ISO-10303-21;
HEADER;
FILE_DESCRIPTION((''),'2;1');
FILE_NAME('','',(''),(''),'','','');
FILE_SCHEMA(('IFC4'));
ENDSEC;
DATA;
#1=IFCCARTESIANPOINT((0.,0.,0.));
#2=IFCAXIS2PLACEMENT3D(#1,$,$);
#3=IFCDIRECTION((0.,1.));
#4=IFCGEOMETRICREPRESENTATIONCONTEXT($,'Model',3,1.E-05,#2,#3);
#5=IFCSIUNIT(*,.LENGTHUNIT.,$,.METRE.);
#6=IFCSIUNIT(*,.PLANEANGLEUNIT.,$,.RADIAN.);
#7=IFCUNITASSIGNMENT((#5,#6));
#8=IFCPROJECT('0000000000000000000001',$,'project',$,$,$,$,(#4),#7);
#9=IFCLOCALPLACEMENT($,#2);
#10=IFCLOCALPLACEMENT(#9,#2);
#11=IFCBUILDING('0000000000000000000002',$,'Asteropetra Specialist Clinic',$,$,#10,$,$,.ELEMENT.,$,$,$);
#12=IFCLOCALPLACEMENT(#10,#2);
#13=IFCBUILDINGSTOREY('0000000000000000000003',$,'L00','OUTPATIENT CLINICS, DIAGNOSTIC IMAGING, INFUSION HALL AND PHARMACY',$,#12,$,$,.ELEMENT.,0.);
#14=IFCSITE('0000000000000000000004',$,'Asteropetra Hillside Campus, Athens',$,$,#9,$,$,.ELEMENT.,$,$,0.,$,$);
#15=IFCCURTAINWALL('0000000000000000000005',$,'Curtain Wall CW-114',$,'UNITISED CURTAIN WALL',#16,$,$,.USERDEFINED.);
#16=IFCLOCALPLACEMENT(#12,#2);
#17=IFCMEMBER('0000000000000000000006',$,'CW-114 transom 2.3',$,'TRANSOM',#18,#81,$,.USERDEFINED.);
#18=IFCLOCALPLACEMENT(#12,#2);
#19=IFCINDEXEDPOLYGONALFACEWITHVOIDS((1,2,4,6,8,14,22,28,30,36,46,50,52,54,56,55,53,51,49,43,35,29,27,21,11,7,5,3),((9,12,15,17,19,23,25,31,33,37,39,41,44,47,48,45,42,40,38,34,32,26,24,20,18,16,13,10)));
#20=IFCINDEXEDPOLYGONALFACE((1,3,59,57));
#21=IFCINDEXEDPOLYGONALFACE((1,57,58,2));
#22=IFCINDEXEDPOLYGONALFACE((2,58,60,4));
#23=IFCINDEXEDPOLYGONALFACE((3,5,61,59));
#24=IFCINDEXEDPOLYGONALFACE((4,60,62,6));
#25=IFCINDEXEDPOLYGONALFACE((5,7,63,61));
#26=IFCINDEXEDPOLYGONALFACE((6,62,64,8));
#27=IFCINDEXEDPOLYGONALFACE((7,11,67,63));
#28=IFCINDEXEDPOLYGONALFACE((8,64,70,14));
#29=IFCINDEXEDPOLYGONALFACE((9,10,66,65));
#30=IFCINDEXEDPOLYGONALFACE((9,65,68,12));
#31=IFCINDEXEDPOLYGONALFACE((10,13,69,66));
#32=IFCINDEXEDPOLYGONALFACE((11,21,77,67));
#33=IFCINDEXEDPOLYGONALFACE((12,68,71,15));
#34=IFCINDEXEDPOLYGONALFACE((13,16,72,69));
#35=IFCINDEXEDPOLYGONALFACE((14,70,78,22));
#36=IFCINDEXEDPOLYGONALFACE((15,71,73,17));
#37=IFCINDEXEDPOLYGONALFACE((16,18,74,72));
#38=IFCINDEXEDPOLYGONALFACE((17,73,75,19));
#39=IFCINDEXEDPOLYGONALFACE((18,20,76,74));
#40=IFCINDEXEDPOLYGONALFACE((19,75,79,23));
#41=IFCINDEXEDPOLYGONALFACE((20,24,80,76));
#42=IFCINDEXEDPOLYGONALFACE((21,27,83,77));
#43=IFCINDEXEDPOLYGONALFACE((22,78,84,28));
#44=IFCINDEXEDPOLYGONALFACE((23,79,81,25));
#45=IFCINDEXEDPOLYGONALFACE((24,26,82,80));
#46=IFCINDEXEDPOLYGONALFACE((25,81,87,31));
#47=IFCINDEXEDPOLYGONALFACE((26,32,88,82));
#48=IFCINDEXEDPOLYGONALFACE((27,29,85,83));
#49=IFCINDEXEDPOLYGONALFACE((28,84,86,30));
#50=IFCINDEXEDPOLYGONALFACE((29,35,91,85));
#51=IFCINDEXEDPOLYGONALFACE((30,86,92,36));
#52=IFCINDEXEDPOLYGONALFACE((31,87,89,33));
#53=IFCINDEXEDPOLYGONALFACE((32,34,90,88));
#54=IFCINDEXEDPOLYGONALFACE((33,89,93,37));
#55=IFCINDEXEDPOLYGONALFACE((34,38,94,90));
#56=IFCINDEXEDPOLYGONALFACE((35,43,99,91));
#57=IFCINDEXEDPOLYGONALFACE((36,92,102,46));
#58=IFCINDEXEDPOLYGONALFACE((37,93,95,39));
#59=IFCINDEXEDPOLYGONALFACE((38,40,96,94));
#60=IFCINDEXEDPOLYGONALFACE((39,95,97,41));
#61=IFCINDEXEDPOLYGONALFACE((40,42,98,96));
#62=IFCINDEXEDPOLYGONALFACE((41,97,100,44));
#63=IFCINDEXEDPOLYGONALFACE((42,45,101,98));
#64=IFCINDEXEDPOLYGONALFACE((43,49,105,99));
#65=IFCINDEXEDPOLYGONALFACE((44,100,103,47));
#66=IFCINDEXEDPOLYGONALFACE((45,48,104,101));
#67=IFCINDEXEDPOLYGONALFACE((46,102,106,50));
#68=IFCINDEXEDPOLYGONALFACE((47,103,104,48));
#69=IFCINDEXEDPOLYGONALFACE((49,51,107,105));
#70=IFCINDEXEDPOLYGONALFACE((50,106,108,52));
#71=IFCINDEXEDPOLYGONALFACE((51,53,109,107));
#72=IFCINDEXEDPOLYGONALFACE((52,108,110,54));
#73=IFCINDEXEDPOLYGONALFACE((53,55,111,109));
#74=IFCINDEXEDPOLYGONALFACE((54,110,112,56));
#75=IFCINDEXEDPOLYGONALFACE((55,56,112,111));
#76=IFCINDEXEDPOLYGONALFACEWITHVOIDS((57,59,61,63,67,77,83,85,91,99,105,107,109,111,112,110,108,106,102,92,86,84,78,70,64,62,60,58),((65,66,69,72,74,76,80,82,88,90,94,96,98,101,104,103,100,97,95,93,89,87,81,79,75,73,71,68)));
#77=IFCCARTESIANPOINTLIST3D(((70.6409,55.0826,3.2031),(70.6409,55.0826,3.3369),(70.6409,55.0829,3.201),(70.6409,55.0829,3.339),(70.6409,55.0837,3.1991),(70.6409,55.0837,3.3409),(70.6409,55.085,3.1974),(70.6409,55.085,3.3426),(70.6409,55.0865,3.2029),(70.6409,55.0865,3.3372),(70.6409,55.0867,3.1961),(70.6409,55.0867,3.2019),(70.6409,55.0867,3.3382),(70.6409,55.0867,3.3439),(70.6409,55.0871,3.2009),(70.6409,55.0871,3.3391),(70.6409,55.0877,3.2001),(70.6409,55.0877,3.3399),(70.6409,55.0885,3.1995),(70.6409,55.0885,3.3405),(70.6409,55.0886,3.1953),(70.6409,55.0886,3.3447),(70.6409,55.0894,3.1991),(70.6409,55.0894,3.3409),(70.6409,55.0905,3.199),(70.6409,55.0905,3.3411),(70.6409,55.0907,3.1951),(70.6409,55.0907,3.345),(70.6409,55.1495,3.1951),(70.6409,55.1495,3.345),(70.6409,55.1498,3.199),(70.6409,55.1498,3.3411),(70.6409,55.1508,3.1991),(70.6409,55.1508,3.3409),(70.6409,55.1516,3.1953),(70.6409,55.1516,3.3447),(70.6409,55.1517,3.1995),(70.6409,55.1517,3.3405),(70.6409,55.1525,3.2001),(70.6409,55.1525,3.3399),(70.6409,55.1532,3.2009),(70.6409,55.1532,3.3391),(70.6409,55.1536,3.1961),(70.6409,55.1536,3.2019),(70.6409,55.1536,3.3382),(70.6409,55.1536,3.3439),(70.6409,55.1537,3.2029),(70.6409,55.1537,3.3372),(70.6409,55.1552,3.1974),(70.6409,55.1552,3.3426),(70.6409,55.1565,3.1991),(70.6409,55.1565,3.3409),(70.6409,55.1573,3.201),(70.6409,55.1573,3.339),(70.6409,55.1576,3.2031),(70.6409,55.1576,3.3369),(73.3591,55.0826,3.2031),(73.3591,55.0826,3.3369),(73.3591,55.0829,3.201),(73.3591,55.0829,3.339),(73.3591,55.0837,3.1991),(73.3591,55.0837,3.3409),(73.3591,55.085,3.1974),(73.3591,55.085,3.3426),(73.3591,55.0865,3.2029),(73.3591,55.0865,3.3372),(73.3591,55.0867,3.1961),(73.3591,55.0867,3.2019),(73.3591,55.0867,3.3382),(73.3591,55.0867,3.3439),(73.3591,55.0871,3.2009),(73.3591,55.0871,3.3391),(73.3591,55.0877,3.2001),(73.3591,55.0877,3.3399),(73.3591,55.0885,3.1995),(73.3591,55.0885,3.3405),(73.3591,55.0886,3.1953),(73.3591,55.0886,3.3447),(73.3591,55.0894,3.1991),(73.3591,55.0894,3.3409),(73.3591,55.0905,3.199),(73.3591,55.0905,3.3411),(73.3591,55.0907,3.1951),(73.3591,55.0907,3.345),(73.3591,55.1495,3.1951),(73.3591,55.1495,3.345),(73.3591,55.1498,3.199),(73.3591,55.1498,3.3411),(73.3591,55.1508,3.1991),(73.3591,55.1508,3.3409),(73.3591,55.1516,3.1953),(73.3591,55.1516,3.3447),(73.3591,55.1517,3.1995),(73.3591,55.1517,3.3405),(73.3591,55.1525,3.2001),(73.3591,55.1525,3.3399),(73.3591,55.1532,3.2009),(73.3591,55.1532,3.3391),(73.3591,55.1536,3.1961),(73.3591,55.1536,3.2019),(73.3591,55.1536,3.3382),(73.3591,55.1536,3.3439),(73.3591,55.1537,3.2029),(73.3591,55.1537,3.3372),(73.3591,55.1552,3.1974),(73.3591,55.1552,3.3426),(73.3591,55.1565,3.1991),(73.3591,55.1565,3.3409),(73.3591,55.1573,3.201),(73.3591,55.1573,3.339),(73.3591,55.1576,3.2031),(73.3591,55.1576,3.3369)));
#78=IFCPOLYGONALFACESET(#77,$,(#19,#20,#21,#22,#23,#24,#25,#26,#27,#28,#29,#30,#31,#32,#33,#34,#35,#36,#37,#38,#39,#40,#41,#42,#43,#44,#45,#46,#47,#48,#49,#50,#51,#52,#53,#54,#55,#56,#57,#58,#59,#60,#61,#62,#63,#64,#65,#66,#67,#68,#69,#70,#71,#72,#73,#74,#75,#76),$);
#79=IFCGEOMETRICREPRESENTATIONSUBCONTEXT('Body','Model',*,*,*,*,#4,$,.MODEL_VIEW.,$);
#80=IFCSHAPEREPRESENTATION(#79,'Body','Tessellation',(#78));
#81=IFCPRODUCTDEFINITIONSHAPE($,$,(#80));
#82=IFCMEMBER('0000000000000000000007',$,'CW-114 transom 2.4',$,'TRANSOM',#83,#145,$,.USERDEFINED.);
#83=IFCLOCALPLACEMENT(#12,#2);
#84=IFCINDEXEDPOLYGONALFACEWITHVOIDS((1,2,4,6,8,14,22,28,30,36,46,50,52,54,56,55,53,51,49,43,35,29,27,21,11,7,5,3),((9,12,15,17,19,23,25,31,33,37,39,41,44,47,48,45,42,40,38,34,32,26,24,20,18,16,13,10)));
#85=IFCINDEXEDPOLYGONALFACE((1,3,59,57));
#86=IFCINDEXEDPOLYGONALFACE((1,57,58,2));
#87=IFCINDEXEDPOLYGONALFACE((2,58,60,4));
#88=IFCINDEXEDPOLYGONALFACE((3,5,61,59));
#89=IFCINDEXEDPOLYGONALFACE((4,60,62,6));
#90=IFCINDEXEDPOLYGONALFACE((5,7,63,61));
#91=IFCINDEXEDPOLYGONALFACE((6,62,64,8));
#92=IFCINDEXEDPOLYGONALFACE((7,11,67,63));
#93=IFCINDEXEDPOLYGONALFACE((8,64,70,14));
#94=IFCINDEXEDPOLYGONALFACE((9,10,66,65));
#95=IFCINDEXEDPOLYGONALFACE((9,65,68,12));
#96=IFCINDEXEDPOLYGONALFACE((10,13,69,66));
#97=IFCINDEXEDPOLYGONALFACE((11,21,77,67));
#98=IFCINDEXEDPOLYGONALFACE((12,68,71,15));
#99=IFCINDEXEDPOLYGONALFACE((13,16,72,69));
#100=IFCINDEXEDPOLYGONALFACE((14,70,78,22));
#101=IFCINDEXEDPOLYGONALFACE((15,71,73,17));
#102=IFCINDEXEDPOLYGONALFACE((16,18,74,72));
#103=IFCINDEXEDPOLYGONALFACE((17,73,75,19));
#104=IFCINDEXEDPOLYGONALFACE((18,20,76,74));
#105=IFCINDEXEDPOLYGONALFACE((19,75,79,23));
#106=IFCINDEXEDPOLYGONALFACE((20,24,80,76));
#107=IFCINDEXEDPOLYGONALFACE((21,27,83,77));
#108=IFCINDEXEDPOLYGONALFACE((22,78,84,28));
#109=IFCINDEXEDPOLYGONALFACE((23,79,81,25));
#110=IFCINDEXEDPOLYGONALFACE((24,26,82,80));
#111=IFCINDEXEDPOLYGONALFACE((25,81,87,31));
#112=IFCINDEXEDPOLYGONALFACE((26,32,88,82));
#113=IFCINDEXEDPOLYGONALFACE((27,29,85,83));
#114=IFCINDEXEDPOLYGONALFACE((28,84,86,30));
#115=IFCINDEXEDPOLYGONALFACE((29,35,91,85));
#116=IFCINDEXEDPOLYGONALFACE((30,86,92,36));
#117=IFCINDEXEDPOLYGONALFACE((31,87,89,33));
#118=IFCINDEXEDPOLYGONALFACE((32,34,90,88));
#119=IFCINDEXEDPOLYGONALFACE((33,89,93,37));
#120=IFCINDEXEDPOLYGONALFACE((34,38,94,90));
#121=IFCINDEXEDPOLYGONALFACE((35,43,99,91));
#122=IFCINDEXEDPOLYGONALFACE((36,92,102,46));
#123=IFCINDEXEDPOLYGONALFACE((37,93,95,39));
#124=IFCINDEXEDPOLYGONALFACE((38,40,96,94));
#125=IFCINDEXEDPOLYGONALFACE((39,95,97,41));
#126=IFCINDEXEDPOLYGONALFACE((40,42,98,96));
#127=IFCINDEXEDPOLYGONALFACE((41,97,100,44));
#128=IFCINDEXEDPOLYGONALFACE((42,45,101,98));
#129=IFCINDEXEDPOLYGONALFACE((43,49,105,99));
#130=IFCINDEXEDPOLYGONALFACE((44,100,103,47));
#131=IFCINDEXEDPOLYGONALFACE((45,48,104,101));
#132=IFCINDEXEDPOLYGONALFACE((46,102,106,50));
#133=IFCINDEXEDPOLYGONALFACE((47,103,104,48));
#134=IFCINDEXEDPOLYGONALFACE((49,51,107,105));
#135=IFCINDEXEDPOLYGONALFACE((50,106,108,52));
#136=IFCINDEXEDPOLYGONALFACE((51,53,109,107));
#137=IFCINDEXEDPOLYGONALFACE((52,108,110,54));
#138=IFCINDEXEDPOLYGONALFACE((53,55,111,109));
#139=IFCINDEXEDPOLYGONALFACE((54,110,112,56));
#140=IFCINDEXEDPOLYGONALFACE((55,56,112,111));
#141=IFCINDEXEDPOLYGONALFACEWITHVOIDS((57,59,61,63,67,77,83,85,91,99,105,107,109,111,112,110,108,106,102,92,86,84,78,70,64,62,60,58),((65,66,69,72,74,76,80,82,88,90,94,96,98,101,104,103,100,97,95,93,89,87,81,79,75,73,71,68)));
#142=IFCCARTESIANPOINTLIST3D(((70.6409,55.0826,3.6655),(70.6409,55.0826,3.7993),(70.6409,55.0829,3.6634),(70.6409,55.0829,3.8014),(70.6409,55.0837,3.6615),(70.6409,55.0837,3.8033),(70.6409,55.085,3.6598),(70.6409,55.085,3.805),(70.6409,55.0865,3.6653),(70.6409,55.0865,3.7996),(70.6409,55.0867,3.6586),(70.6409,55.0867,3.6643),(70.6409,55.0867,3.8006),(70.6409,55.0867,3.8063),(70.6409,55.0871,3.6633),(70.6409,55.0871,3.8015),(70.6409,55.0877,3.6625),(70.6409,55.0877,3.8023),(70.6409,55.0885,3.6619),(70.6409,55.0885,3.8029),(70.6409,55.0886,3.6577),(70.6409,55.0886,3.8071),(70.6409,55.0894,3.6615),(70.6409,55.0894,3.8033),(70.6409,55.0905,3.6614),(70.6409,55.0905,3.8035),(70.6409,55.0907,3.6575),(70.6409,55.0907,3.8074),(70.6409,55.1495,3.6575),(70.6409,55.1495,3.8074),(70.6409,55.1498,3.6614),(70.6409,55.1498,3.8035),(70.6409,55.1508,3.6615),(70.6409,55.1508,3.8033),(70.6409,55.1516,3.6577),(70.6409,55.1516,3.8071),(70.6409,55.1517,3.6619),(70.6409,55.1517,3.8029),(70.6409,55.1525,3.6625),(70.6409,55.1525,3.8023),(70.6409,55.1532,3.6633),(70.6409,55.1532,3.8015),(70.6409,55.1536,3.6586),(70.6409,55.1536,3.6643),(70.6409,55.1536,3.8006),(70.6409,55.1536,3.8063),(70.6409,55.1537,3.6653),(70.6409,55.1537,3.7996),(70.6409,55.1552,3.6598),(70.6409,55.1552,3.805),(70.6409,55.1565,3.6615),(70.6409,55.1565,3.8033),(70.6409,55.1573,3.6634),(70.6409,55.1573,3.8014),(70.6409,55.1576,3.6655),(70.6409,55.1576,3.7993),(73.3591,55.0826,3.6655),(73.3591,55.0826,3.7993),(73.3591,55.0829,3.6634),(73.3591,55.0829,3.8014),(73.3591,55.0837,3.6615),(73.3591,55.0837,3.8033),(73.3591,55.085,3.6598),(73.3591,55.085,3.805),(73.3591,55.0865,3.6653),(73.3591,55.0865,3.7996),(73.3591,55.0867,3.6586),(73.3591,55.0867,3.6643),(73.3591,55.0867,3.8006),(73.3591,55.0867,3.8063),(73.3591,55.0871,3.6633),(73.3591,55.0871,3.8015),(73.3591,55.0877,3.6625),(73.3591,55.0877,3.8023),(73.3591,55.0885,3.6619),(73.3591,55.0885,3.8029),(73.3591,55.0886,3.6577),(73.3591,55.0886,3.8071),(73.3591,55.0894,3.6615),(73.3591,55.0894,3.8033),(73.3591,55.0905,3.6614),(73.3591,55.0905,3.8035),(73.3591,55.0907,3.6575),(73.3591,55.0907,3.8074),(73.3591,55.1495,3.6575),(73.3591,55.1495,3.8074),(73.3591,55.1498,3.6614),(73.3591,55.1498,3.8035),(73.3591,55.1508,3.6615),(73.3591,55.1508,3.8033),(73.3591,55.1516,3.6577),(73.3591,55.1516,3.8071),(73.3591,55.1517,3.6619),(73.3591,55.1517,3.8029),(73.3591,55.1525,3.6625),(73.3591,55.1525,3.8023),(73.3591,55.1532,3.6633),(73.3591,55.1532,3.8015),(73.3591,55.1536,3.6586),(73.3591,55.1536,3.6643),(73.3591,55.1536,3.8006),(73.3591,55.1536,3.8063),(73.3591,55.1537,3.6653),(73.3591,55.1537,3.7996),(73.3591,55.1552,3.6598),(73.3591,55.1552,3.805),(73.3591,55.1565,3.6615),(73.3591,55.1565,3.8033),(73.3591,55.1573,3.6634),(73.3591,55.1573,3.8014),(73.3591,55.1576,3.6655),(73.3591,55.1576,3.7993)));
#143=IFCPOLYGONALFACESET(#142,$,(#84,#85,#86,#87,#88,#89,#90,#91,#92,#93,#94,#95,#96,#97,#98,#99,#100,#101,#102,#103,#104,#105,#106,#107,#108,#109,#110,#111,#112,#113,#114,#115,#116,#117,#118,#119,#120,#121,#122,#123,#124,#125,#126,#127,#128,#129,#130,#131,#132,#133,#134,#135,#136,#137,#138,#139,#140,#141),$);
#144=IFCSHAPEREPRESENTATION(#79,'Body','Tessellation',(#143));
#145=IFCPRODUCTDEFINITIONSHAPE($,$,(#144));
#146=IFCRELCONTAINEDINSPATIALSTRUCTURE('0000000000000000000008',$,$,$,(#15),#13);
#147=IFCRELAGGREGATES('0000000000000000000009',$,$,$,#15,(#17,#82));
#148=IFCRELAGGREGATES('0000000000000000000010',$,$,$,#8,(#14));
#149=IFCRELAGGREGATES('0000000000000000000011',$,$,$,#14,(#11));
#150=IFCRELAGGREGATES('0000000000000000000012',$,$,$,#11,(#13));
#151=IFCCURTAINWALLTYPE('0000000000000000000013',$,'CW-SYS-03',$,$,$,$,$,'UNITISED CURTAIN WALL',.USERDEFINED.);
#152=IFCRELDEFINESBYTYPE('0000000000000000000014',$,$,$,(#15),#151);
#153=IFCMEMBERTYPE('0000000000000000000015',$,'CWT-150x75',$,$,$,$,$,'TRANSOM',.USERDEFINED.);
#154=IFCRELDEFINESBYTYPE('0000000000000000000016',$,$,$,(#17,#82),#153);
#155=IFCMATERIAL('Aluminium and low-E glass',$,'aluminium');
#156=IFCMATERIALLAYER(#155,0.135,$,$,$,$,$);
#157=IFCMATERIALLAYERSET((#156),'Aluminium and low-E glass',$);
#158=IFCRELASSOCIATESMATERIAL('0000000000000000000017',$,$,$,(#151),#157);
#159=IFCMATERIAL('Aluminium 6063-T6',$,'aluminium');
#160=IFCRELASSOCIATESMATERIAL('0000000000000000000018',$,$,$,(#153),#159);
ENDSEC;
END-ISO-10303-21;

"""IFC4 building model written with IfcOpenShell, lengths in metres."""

from ifc_helpers import new_model, si_unit, direction, frame, origin, origin_2d, place, context, subcontext, project, spatial, hollow_rectangle, extrude, material, layer, layer_set, material_profile, profile_set, type_object, element, aggregate, save


model = new_model("IFC4")

# Units and contexts
model_context = context("Model", 3, precision=1e-05, world=origin(), true_north=direction((0.0, 1.0)))
body_context = subcontext(model_context, "Body", "Model", "MODEL_VIEW")
ifc_project = project(units=[si_unit("LENGTHUNIT", "METRE"), si_unit("PLANEANGLEUNIT", "RADIAN")], contexts=[model_context])

# Site, building, storey
site_placement = place(None, origin())
site = spatial("IfcSite", under=ifc_project, at=site_placement, Name="Asteropetra Hillside Campus, Athens", CompositionType="ELEMENT", RefElevation=0.0)
building_placement = place(site_placement, origin())
building = spatial("IfcBuilding", under=site, at=building_placement, Name="Asteropetra Specialist Clinic", CompositionType="ELEMENT")
storey_placement = place(building_placement, origin())
storey = spatial("IfcBuildingStorey", under=building, at=storey_placement, Name="L00", Description="OUTPATIENT CLINICS, DIAGNOSTIC IMAGING, INFUSION HALL AND PHARMACY", CompositionType="ELEMENT", Elevation=0.0)

# Curtain wall, members
ifc_material_1 = material(Name="Aluminium and low-E glass", Category="aluminium")
ifc_layer_1 = layer(ifc_material_1, 0.135)
ifc_layer_set_1 = layer_set([ifc_layer_1], Name="Aluminium and low-E glass")
curtain_wall_type = type_object("IfcCurtainWallType", Name="CW-SYS-03", ElementType="UNITISED CURTAIN WALL", PredefinedType="USERDEFINED", material=ifc_layer_set_1)
curtain_wall_placement = place(storey_placement, origin())
curtain_wall = element("IfcCurtainWall", 1, at=curtain_wall_placement, inside=storey, type_object=curtain_wall_type, Name="Curtain Wall CW-114", ObjectType="UNITISED CURTAIN WALL", PredefinedType="USERDEFINED")
ifc_material_2 = material(Name="Aluminium 6063-T6", Category="aluminium")
ifc_material_profile_1 = material_profile(ifc_material_2, hollow_rectangle(XDim=0.075, YDim=0.1499, WallThickness=0.0039, InnerFilletRadius=0.0039, OuterFilletRadius=0.0081, at=origin_2d()), Name="TRN 150x75x4.0")
ifc_profile_set_1 = profile_set([ifc_material_profile_1], Name="Aluminium 6063-T6")
member_type_1 = type_object("IfcMemberType", Name="CWT-150x75", ElementType="TRANSOM", PredefinedType="USERDEFINED", material=ifc_profile_set_1)
member_1_placement = place(storey_placement, frame((73.3591, 55.1201, 3.27), z_axis=(-1.0, 0.0, 0.0), x_axis=(0.0, -1.0, 0.0)))
member_1 = element("IfcMember", 2, at=member_1_placement, type_object=member_type_1, Name="CW-114 transom 2.3", ObjectType="TRANSOM", PredefinedType="USERDEFINED", context=body_context, shape_type="SweptSolid", body=[
    extrude(hollow_rectangle(XDim=0.075, YDim=0.1499, WallThickness=0.0039, InnerFilletRadius=0.0039, OuterFilletRadius=0.0081, at=origin_2d()), origin(), (0.0, 0.0, 1.0), 2.7183),
])
member_2_placement = place(storey_placement, frame((73.3591, 55.1201, 3.7324), z_axis=(-1.0, 0.0, 0.0), x_axis=(0.0, -1.0, 0.0)))
member_2 = element("IfcMember", 3, at=member_2_placement, type_object=member_type_1, Name="CW-114 transom 2.4", ObjectType="TRANSOM", PredefinedType="USERDEFINED", context=body_context, shape_type="SweptSolid", body=[
    extrude(hollow_rectangle(XDim=0.075, YDim=0.1499, WallThickness=0.0039, InnerFilletRadius=0.0039, OuterFilletRadius=0.0081, at=origin_2d()), origin(), (0.0, 0.0, 1.0), 2.7183),
])
aggregate(curtain_wall, [member_1, member_2])

save(model, "model.ifc")
